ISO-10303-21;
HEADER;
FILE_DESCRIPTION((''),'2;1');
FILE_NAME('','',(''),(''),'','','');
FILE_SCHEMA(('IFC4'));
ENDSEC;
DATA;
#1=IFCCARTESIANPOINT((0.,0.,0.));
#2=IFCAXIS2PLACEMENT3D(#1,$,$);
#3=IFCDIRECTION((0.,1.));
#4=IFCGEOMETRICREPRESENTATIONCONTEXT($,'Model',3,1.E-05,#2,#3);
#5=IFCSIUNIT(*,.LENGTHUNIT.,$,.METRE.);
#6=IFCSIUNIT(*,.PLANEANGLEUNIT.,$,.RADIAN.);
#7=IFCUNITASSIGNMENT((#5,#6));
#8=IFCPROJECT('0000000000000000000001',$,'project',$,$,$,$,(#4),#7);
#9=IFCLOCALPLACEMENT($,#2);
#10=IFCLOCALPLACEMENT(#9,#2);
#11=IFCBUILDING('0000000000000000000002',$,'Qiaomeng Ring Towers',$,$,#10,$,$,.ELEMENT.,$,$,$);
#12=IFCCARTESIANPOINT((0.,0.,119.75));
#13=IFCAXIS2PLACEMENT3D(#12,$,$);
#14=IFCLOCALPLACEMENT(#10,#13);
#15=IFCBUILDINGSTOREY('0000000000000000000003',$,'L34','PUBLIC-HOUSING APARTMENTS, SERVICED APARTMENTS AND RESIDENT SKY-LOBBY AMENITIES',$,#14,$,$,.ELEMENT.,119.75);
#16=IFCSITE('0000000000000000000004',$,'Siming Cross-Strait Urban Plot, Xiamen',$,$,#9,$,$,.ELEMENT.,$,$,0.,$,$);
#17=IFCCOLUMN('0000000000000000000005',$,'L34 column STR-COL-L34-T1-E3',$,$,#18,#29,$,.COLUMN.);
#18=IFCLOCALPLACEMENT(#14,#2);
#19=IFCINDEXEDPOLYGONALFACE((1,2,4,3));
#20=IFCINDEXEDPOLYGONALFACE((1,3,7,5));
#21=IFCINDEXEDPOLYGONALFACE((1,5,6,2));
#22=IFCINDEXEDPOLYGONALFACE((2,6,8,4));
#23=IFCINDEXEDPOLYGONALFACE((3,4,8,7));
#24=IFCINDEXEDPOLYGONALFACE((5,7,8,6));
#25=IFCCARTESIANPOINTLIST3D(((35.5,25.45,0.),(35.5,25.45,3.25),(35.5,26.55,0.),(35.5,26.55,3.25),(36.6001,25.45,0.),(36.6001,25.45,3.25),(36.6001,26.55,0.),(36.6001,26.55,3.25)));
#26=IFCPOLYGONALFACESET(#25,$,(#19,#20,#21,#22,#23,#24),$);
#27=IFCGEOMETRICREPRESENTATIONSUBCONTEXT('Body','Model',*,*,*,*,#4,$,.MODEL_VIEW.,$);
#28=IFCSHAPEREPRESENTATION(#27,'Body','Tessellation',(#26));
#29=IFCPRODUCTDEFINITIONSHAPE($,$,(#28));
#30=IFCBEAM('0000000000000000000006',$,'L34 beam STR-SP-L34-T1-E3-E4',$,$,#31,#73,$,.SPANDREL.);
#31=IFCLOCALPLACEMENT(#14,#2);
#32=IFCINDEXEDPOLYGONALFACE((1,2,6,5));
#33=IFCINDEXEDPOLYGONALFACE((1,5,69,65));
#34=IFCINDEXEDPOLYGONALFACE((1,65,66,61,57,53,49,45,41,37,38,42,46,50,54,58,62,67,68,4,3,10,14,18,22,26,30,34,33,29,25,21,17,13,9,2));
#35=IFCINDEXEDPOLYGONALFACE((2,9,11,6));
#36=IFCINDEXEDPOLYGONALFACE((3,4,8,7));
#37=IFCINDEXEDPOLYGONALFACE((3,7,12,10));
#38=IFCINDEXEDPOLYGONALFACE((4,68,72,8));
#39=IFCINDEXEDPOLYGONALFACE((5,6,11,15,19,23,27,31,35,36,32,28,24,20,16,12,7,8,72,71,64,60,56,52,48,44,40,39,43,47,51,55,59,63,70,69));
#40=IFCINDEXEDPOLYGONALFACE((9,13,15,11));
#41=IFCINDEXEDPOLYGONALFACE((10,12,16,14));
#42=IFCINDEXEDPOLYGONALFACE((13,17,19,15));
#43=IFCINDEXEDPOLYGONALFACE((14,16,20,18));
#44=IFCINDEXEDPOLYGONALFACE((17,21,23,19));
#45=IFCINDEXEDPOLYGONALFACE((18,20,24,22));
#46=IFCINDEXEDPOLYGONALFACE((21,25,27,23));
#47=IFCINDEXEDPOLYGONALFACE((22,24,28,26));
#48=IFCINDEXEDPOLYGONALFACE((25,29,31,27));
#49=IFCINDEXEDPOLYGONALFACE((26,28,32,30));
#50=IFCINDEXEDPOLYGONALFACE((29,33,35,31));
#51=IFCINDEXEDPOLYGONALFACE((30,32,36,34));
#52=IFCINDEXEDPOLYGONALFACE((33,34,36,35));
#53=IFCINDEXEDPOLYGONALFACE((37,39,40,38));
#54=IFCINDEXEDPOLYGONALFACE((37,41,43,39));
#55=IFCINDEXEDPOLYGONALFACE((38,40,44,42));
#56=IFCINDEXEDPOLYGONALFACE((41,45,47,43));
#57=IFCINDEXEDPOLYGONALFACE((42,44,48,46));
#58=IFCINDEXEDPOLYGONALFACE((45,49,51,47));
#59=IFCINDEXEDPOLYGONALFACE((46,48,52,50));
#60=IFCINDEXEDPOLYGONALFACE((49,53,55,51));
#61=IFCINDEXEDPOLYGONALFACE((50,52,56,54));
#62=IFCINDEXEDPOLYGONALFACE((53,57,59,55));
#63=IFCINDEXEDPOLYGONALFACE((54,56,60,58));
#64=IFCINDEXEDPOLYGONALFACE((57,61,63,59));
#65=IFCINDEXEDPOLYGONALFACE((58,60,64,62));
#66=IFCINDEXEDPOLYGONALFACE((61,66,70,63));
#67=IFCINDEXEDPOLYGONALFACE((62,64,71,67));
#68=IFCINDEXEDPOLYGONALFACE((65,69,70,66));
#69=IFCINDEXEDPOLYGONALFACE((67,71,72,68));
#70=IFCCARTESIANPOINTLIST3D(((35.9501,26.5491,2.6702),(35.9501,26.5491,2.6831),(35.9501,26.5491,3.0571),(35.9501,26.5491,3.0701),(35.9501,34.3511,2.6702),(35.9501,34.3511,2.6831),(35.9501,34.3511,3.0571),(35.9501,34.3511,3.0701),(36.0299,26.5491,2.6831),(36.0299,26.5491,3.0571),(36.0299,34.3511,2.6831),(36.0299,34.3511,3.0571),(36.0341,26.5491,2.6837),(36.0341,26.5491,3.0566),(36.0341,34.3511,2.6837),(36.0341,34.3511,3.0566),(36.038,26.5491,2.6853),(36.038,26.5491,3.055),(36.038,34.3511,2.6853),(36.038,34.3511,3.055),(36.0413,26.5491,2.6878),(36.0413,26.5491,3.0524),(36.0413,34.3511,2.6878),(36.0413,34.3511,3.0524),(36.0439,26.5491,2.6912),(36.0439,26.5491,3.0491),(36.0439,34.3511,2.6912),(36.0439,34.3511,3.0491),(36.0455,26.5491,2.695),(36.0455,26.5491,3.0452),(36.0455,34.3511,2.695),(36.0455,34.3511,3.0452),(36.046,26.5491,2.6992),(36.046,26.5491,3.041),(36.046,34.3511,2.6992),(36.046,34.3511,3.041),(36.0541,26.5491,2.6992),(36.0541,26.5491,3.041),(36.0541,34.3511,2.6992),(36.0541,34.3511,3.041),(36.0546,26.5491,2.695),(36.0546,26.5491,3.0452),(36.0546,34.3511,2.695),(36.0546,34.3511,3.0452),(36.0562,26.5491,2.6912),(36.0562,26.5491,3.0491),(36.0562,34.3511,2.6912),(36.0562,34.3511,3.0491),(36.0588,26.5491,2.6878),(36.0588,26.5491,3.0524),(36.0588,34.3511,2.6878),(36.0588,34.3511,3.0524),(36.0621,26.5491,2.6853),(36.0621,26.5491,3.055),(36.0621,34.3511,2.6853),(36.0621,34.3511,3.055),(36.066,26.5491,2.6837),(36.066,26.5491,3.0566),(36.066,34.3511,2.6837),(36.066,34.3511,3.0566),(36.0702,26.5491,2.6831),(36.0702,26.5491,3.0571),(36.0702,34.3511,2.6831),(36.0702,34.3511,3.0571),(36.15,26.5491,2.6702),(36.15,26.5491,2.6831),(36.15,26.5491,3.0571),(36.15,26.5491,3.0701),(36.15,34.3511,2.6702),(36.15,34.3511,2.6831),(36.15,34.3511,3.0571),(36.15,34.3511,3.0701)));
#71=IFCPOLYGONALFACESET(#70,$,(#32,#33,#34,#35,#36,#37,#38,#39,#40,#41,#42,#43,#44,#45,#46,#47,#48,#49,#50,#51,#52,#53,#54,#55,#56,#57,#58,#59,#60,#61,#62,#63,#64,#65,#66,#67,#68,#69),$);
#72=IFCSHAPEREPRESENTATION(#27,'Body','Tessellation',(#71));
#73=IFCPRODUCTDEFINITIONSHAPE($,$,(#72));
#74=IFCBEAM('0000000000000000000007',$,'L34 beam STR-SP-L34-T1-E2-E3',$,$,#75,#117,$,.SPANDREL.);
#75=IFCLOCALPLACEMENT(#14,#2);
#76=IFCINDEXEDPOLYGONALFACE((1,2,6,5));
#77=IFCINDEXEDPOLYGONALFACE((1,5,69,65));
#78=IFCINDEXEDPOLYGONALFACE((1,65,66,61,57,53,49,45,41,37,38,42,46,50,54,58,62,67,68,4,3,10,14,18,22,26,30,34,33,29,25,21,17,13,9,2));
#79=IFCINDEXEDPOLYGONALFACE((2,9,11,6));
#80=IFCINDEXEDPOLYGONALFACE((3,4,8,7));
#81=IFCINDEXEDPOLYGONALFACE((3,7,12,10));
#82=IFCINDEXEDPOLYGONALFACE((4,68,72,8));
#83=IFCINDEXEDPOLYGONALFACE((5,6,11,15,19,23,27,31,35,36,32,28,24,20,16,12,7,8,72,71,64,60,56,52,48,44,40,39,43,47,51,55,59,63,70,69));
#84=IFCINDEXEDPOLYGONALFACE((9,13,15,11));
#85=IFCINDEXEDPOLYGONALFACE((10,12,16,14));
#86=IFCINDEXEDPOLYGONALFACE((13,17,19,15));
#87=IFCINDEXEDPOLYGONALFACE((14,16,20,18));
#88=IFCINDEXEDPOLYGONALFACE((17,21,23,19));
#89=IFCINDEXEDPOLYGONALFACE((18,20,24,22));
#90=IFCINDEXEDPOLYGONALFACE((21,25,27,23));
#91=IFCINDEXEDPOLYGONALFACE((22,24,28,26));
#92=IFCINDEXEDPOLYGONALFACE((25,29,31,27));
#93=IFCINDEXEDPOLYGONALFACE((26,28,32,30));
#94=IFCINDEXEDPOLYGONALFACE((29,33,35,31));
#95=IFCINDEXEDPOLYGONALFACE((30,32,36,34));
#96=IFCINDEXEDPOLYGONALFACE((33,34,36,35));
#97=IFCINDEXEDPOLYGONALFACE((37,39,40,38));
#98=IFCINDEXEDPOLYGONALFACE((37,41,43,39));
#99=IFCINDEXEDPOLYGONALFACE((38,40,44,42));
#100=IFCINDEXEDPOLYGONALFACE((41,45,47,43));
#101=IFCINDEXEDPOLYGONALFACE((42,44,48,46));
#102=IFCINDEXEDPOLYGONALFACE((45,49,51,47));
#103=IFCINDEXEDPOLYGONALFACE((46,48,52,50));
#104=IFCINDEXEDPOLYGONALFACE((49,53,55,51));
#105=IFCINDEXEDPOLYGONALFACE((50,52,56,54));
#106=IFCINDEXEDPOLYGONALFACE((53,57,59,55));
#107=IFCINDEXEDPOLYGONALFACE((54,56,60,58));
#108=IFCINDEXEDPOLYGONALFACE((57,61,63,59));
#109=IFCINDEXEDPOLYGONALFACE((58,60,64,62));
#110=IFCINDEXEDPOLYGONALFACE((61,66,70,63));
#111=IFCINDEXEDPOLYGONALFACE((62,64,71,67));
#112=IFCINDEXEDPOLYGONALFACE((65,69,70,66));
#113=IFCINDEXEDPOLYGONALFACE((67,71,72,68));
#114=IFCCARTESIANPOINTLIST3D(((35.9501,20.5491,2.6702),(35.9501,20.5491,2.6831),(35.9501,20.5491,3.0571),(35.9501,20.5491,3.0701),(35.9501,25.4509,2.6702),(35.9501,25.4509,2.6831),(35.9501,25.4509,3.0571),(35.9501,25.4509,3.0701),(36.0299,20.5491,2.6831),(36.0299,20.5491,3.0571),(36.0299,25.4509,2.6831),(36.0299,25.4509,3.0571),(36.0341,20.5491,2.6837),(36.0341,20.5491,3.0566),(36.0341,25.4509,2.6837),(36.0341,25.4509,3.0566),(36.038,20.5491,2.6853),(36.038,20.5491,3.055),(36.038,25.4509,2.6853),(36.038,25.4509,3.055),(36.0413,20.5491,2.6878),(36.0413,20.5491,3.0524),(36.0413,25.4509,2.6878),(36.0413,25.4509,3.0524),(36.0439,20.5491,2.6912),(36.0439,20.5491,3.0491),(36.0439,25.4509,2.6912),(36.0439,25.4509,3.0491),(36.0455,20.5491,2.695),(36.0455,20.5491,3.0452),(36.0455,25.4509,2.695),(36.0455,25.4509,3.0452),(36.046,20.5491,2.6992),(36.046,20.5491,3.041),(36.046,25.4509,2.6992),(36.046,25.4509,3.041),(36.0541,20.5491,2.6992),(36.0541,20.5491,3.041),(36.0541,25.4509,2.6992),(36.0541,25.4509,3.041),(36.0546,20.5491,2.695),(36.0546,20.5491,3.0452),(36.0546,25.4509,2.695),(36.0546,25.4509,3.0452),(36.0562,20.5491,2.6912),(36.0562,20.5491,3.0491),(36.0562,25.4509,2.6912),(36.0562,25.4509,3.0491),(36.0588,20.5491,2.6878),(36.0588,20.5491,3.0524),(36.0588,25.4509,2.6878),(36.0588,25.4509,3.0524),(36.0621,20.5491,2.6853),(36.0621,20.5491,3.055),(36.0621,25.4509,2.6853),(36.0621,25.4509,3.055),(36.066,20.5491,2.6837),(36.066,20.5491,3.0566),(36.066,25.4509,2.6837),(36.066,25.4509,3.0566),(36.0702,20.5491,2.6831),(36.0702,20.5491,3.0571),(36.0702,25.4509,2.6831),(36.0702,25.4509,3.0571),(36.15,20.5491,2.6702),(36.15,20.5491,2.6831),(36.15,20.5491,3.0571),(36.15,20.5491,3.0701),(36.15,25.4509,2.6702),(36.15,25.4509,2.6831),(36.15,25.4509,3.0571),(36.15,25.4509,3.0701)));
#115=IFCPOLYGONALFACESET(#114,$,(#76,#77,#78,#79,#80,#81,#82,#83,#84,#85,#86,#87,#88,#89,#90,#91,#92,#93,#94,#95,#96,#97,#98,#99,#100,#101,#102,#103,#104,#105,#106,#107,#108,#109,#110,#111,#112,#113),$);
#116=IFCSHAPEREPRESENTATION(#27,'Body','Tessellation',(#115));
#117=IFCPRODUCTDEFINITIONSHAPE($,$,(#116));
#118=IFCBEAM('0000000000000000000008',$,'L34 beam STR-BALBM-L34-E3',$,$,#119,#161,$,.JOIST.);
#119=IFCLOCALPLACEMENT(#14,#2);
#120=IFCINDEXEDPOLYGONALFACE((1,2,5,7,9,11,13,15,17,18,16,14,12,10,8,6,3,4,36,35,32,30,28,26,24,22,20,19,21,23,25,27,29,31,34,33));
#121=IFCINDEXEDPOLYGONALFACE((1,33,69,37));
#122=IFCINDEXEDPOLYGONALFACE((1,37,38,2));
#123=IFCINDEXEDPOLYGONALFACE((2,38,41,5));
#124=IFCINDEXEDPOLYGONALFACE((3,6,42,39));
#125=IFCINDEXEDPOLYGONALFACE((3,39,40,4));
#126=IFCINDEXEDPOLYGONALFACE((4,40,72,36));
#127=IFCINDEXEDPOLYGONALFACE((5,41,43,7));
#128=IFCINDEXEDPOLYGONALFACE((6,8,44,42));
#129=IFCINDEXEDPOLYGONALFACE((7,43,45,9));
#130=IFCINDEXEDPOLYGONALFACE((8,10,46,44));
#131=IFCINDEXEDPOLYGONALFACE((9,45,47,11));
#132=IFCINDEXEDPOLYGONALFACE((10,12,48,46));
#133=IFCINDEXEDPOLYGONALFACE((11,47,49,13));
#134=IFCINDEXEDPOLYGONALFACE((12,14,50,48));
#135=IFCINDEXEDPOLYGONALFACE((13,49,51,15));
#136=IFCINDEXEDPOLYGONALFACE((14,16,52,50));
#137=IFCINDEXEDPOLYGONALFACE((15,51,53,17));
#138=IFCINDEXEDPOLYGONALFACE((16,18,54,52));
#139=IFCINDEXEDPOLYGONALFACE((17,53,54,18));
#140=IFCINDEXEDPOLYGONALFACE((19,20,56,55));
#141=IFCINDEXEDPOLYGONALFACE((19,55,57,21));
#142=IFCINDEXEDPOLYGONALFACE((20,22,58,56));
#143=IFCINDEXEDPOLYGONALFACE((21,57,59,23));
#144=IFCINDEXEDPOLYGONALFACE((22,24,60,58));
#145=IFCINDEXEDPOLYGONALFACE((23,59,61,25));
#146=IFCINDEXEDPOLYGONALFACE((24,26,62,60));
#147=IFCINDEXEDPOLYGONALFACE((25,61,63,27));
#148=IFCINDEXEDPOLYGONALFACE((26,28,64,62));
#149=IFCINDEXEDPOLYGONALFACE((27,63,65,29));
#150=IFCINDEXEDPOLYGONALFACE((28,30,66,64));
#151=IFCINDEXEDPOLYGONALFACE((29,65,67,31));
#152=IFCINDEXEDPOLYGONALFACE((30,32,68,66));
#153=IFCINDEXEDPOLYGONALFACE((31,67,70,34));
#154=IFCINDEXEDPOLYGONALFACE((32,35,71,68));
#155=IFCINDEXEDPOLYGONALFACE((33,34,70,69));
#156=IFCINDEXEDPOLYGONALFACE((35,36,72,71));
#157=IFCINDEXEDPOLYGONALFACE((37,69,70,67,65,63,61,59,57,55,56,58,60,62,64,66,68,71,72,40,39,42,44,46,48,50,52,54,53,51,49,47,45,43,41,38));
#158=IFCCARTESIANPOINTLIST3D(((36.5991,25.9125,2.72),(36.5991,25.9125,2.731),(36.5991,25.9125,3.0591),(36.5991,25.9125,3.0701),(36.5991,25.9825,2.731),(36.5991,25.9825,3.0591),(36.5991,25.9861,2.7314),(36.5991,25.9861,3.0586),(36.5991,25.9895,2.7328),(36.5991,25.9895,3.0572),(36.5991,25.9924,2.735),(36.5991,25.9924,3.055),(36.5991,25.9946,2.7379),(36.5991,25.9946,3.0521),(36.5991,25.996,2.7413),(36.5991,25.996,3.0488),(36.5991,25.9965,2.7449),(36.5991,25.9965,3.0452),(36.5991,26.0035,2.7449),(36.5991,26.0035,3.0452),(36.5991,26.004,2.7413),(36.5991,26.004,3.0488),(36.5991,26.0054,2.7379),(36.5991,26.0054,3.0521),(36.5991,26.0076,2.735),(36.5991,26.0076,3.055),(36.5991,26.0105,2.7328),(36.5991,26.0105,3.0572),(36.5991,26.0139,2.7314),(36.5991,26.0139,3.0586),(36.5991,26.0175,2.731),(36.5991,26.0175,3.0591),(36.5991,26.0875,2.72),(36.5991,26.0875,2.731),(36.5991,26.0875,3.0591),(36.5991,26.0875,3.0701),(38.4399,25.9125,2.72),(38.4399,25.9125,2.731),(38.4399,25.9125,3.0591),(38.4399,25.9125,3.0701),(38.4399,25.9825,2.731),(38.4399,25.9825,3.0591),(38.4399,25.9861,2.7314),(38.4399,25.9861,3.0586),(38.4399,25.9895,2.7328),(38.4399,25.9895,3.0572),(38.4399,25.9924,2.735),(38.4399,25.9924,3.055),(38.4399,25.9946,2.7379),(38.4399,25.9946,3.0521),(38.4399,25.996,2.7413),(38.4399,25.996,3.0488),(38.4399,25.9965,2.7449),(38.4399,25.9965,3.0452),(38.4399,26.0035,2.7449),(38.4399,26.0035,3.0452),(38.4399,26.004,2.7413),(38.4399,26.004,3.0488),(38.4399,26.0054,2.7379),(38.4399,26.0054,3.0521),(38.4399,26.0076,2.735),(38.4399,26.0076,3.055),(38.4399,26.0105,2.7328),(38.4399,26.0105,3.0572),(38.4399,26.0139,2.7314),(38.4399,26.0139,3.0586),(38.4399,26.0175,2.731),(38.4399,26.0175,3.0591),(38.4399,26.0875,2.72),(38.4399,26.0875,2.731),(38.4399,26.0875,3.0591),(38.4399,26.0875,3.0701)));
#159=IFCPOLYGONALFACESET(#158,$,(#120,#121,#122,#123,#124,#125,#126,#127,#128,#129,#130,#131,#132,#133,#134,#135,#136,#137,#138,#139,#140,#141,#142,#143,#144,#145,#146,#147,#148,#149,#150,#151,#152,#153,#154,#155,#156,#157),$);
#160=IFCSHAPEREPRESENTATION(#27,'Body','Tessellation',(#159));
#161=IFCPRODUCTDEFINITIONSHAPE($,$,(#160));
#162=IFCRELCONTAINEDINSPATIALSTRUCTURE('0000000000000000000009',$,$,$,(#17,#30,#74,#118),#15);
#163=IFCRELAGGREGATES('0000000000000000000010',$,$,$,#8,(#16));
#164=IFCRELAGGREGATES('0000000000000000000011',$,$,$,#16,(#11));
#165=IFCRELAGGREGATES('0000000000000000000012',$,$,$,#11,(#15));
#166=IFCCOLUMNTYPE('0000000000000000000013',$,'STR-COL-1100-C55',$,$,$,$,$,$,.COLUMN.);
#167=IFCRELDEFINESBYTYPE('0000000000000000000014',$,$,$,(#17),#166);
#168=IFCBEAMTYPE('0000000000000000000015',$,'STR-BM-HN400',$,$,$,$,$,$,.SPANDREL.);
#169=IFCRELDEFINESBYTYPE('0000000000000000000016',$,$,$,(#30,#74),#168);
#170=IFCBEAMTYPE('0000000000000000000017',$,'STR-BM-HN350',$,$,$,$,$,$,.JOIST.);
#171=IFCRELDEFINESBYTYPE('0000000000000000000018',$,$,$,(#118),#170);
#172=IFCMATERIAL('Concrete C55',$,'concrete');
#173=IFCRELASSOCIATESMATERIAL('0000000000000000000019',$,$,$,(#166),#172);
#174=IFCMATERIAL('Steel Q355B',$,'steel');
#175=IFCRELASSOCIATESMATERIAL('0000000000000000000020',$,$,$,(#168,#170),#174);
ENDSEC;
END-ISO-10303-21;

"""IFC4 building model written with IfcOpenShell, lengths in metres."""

from ifc_helpers import new_model, si_unit, direction, frame, origin, origin_2d, place, context, subcontext, project, spatial, rectangle, i_section, extrude, source, transform, mapped, material, material_profile, profile_set, type_object, element, save


model = new_model("IFC4")

# Units and contexts
model_context = context("Model", 3, precision=1e-05, world=origin(), true_north=direction((0.0, 1.0)))
body_context = subcontext(model_context, "Body", "Model", "MODEL_VIEW")
ifc_project = project(units=[si_unit("LENGTHUNIT", "METRE"), si_unit("PLANEANGLEUNIT", "RADIAN")], contexts=[model_context])

# Site, building, storey
site_placement = place(None, origin())
site = spatial("IfcSite", under=ifc_project, at=site_placement, Name="Siming Cross-Strait Urban Plot, Xiamen", CompositionType="ELEMENT", RefElevation=0.0)
building_placement = place(site_placement, origin())
building = spatial("IfcBuilding", under=site, at=building_placement, Name="Qiaomeng Ring Towers", CompositionType="ELEMENT")
storey_placement = place(building_placement, frame((0.0, 0.0, 119.75)))
storey = spatial("IfcBuildingStorey", under=building, at=storey_placement, Name="L34", Description="PUBLIC-HOUSING APARTMENTS, SERVICED APARTMENTS AND RESIDENT SKY-LOBBY AMENITIES", CompositionType="ELEMENT", Elevation=119.75)

# Column
ifc_material_1 = material(Name="Concrete C55", Category="concrete")
ifc_material_profile_1 = material_profile(ifc_material_1, rectangle(XDim=1.1001, YDim=1.1001, at=origin_2d()), Name="RC COL 1100x1100")
ifc_profile_set_1 = profile_set([ifc_material_profile_1], Name="Concrete C55")
column_type = type_object("IfcColumnType", Name="STR-COL-1100-C55", PredefinedType="COLUMN", material=ifc_profile_set_1)
shared_shape_1 = source(origin(), body_context, "Body", "SweptSolid", [
    extrude(rectangle(XDim=1.1001, YDim=1.1001, at=origin_2d()), origin(), (0.0, 0.0, 1.0), 3.25),
])
column_placement = place(storey_placement, frame((36.05, 26.0, 0.0), z_axis=(0.0, 0.0, 1.0), x_axis=(1.0, 0.0, 0.0)))
element("IfcColumn", 1, at=column_placement, inside=storey, type_object=column_type, Name="L34 column STR-COL-L34-T1-E3", PredefinedType="COLUMN", context=body_context, shape_type="MappedRepresentation", body=[
    mapped(shared_shape_1, transform((0.0, 0.0, 0.0), x_axis=(1.0, 0.0, 0.0), y_axis=(0.0, 1.0, 0.0), z_axis=(0.0, 0.0, 1.0), scale=1.0)),
])

# Beams
ifc_material_2 = material(Name="Steel Q355B", Category="steel")
ifc_material_profile_2 = material_profile(ifc_material_2, i_section(OverallWidth=0.2, OverallDepth=0.3999, WebThickness=0.0081, FlangeThickness=0.0129, FilletRadius=0.0161, at=origin_2d()), Name="HN 400x200x8x13")
ifc_profile_set_2 = profile_set([ifc_material_profile_2], Name="Steel Q355B")
beam_type_1 = type_object("IfcBeamType", Name="STR-BM-HN400", PredefinedType="SPANDREL", material=ifc_profile_set_2)
shared_shape_2 = source(origin(), body_context, "Body", "SweptSolid", [
    extrude(i_section(OverallWidth=0.2, OverallDepth=0.3999, WebThickness=0.0081, FlangeThickness=0.0129, FilletRadius=0.0161, at=origin_2d()), origin(), (0.0, 0.0, 1.0), 7.802),
])
beam_1_placement = place(storey_placement, frame((36.05, 26.5491, 2.8701), z_axis=(0.0, 1.0, 0.0), x_axis=(-1.0, 0.0, 0.0)))
element("IfcBeam", 2, at=beam_1_placement, inside=storey, type_object=beam_type_1, Name="L34 beam STR-SP-L34-T1-E3-E4", PredefinedType="SPANDREL", context=body_context, shape_type="MappedRepresentation", body=[
    mapped(shared_shape_2, transform((0.0, 0.0, 0.0), x_axis=(1.0, 0.0, 0.0), y_axis=(0.0, 1.0, 0.0), z_axis=(0.0, 0.0, 1.0), scale=1.0)),
])
shared_shape_3 = source(origin(), body_context, "Body", "SweptSolid", [
    extrude(i_section(OverallWidth=0.2, OverallDepth=0.3999, WebThickness=0.0081, FlangeThickness=0.0129, FilletRadius=0.0161, at=origin_2d()), origin(), (0.0, 0.0, 1.0), 4.9019),
])
beam_2_placement = place(storey_placement, frame((36.05, 20.5491, 2.8701), z_axis=(0.0, 1.0, 0.0), x_axis=(-1.0, 0.0, 0.0)))
element("IfcBeam", 3, at=beam_2_placement, inside=storey, type_object=beam_type_1, Name="L34 beam STR-SP-L34-T1-E2-E3", PredefinedType="SPANDREL", context=body_context, shape_type="MappedRepresentation", body=[
    mapped(shared_shape_3, transform((0.0, 0.0, 0.0), x_axis=(1.0, 0.0, 0.0), y_axis=(0.0, 1.0, 0.0), z_axis=(0.0, 0.0, 1.0), scale=1.0)),
])
ifc_material_profile_3 = material_profile(ifc_material_2, i_section(OverallWidth=0.175, OverallDepth=0.3501, WebThickness=0.0071, FlangeThickness=0.011, FilletRadius=0.0139, at=origin_2d()), Name="HN 350x175x7x11")
ifc_profile_set_3 = profile_set([ifc_material_profile_3], Name="Steel Q355B")
beam_type_2 = type_object("IfcBeamType", Name="STR-BM-HN350", PredefinedType="JOIST", material=ifc_profile_set_3)
shared_shape_4 = source(origin(), body_context, "Body", "SweptSolid", [
    extrude(i_section(OverallWidth=0.175, OverallDepth=0.3501, WebThickness=0.0071, FlangeThickness=0.011, FilletRadius=0.0139, at=origin_2d()), origin(), (0.0, 0.0, 1.0), 1.8408),
])
beam_3_placement = place(storey_placement, frame((36.5991, 26.0, 2.895), z_axis=(1.0, 0.0, 0.0), x_axis=(0.0, 1.0, 0.0)))
element("IfcBeam", 4, at=beam_3_placement, inside=storey, type_object=beam_type_2, Name="L34 beam STR-BALBM-L34-E3", PredefinedType="JOIST", context=body_context, shape_type="MappedRepresentation", body=[
    mapped(shared_shape_4, transform((0.0, 0.0, 0.0), x_axis=(1.0, 0.0, 0.0), y_axis=(0.0, 1.0, 0.0), z_axis=(0.0, 0.0, 1.0), scale=1.0)),
])

save(model, "model.ifc")
